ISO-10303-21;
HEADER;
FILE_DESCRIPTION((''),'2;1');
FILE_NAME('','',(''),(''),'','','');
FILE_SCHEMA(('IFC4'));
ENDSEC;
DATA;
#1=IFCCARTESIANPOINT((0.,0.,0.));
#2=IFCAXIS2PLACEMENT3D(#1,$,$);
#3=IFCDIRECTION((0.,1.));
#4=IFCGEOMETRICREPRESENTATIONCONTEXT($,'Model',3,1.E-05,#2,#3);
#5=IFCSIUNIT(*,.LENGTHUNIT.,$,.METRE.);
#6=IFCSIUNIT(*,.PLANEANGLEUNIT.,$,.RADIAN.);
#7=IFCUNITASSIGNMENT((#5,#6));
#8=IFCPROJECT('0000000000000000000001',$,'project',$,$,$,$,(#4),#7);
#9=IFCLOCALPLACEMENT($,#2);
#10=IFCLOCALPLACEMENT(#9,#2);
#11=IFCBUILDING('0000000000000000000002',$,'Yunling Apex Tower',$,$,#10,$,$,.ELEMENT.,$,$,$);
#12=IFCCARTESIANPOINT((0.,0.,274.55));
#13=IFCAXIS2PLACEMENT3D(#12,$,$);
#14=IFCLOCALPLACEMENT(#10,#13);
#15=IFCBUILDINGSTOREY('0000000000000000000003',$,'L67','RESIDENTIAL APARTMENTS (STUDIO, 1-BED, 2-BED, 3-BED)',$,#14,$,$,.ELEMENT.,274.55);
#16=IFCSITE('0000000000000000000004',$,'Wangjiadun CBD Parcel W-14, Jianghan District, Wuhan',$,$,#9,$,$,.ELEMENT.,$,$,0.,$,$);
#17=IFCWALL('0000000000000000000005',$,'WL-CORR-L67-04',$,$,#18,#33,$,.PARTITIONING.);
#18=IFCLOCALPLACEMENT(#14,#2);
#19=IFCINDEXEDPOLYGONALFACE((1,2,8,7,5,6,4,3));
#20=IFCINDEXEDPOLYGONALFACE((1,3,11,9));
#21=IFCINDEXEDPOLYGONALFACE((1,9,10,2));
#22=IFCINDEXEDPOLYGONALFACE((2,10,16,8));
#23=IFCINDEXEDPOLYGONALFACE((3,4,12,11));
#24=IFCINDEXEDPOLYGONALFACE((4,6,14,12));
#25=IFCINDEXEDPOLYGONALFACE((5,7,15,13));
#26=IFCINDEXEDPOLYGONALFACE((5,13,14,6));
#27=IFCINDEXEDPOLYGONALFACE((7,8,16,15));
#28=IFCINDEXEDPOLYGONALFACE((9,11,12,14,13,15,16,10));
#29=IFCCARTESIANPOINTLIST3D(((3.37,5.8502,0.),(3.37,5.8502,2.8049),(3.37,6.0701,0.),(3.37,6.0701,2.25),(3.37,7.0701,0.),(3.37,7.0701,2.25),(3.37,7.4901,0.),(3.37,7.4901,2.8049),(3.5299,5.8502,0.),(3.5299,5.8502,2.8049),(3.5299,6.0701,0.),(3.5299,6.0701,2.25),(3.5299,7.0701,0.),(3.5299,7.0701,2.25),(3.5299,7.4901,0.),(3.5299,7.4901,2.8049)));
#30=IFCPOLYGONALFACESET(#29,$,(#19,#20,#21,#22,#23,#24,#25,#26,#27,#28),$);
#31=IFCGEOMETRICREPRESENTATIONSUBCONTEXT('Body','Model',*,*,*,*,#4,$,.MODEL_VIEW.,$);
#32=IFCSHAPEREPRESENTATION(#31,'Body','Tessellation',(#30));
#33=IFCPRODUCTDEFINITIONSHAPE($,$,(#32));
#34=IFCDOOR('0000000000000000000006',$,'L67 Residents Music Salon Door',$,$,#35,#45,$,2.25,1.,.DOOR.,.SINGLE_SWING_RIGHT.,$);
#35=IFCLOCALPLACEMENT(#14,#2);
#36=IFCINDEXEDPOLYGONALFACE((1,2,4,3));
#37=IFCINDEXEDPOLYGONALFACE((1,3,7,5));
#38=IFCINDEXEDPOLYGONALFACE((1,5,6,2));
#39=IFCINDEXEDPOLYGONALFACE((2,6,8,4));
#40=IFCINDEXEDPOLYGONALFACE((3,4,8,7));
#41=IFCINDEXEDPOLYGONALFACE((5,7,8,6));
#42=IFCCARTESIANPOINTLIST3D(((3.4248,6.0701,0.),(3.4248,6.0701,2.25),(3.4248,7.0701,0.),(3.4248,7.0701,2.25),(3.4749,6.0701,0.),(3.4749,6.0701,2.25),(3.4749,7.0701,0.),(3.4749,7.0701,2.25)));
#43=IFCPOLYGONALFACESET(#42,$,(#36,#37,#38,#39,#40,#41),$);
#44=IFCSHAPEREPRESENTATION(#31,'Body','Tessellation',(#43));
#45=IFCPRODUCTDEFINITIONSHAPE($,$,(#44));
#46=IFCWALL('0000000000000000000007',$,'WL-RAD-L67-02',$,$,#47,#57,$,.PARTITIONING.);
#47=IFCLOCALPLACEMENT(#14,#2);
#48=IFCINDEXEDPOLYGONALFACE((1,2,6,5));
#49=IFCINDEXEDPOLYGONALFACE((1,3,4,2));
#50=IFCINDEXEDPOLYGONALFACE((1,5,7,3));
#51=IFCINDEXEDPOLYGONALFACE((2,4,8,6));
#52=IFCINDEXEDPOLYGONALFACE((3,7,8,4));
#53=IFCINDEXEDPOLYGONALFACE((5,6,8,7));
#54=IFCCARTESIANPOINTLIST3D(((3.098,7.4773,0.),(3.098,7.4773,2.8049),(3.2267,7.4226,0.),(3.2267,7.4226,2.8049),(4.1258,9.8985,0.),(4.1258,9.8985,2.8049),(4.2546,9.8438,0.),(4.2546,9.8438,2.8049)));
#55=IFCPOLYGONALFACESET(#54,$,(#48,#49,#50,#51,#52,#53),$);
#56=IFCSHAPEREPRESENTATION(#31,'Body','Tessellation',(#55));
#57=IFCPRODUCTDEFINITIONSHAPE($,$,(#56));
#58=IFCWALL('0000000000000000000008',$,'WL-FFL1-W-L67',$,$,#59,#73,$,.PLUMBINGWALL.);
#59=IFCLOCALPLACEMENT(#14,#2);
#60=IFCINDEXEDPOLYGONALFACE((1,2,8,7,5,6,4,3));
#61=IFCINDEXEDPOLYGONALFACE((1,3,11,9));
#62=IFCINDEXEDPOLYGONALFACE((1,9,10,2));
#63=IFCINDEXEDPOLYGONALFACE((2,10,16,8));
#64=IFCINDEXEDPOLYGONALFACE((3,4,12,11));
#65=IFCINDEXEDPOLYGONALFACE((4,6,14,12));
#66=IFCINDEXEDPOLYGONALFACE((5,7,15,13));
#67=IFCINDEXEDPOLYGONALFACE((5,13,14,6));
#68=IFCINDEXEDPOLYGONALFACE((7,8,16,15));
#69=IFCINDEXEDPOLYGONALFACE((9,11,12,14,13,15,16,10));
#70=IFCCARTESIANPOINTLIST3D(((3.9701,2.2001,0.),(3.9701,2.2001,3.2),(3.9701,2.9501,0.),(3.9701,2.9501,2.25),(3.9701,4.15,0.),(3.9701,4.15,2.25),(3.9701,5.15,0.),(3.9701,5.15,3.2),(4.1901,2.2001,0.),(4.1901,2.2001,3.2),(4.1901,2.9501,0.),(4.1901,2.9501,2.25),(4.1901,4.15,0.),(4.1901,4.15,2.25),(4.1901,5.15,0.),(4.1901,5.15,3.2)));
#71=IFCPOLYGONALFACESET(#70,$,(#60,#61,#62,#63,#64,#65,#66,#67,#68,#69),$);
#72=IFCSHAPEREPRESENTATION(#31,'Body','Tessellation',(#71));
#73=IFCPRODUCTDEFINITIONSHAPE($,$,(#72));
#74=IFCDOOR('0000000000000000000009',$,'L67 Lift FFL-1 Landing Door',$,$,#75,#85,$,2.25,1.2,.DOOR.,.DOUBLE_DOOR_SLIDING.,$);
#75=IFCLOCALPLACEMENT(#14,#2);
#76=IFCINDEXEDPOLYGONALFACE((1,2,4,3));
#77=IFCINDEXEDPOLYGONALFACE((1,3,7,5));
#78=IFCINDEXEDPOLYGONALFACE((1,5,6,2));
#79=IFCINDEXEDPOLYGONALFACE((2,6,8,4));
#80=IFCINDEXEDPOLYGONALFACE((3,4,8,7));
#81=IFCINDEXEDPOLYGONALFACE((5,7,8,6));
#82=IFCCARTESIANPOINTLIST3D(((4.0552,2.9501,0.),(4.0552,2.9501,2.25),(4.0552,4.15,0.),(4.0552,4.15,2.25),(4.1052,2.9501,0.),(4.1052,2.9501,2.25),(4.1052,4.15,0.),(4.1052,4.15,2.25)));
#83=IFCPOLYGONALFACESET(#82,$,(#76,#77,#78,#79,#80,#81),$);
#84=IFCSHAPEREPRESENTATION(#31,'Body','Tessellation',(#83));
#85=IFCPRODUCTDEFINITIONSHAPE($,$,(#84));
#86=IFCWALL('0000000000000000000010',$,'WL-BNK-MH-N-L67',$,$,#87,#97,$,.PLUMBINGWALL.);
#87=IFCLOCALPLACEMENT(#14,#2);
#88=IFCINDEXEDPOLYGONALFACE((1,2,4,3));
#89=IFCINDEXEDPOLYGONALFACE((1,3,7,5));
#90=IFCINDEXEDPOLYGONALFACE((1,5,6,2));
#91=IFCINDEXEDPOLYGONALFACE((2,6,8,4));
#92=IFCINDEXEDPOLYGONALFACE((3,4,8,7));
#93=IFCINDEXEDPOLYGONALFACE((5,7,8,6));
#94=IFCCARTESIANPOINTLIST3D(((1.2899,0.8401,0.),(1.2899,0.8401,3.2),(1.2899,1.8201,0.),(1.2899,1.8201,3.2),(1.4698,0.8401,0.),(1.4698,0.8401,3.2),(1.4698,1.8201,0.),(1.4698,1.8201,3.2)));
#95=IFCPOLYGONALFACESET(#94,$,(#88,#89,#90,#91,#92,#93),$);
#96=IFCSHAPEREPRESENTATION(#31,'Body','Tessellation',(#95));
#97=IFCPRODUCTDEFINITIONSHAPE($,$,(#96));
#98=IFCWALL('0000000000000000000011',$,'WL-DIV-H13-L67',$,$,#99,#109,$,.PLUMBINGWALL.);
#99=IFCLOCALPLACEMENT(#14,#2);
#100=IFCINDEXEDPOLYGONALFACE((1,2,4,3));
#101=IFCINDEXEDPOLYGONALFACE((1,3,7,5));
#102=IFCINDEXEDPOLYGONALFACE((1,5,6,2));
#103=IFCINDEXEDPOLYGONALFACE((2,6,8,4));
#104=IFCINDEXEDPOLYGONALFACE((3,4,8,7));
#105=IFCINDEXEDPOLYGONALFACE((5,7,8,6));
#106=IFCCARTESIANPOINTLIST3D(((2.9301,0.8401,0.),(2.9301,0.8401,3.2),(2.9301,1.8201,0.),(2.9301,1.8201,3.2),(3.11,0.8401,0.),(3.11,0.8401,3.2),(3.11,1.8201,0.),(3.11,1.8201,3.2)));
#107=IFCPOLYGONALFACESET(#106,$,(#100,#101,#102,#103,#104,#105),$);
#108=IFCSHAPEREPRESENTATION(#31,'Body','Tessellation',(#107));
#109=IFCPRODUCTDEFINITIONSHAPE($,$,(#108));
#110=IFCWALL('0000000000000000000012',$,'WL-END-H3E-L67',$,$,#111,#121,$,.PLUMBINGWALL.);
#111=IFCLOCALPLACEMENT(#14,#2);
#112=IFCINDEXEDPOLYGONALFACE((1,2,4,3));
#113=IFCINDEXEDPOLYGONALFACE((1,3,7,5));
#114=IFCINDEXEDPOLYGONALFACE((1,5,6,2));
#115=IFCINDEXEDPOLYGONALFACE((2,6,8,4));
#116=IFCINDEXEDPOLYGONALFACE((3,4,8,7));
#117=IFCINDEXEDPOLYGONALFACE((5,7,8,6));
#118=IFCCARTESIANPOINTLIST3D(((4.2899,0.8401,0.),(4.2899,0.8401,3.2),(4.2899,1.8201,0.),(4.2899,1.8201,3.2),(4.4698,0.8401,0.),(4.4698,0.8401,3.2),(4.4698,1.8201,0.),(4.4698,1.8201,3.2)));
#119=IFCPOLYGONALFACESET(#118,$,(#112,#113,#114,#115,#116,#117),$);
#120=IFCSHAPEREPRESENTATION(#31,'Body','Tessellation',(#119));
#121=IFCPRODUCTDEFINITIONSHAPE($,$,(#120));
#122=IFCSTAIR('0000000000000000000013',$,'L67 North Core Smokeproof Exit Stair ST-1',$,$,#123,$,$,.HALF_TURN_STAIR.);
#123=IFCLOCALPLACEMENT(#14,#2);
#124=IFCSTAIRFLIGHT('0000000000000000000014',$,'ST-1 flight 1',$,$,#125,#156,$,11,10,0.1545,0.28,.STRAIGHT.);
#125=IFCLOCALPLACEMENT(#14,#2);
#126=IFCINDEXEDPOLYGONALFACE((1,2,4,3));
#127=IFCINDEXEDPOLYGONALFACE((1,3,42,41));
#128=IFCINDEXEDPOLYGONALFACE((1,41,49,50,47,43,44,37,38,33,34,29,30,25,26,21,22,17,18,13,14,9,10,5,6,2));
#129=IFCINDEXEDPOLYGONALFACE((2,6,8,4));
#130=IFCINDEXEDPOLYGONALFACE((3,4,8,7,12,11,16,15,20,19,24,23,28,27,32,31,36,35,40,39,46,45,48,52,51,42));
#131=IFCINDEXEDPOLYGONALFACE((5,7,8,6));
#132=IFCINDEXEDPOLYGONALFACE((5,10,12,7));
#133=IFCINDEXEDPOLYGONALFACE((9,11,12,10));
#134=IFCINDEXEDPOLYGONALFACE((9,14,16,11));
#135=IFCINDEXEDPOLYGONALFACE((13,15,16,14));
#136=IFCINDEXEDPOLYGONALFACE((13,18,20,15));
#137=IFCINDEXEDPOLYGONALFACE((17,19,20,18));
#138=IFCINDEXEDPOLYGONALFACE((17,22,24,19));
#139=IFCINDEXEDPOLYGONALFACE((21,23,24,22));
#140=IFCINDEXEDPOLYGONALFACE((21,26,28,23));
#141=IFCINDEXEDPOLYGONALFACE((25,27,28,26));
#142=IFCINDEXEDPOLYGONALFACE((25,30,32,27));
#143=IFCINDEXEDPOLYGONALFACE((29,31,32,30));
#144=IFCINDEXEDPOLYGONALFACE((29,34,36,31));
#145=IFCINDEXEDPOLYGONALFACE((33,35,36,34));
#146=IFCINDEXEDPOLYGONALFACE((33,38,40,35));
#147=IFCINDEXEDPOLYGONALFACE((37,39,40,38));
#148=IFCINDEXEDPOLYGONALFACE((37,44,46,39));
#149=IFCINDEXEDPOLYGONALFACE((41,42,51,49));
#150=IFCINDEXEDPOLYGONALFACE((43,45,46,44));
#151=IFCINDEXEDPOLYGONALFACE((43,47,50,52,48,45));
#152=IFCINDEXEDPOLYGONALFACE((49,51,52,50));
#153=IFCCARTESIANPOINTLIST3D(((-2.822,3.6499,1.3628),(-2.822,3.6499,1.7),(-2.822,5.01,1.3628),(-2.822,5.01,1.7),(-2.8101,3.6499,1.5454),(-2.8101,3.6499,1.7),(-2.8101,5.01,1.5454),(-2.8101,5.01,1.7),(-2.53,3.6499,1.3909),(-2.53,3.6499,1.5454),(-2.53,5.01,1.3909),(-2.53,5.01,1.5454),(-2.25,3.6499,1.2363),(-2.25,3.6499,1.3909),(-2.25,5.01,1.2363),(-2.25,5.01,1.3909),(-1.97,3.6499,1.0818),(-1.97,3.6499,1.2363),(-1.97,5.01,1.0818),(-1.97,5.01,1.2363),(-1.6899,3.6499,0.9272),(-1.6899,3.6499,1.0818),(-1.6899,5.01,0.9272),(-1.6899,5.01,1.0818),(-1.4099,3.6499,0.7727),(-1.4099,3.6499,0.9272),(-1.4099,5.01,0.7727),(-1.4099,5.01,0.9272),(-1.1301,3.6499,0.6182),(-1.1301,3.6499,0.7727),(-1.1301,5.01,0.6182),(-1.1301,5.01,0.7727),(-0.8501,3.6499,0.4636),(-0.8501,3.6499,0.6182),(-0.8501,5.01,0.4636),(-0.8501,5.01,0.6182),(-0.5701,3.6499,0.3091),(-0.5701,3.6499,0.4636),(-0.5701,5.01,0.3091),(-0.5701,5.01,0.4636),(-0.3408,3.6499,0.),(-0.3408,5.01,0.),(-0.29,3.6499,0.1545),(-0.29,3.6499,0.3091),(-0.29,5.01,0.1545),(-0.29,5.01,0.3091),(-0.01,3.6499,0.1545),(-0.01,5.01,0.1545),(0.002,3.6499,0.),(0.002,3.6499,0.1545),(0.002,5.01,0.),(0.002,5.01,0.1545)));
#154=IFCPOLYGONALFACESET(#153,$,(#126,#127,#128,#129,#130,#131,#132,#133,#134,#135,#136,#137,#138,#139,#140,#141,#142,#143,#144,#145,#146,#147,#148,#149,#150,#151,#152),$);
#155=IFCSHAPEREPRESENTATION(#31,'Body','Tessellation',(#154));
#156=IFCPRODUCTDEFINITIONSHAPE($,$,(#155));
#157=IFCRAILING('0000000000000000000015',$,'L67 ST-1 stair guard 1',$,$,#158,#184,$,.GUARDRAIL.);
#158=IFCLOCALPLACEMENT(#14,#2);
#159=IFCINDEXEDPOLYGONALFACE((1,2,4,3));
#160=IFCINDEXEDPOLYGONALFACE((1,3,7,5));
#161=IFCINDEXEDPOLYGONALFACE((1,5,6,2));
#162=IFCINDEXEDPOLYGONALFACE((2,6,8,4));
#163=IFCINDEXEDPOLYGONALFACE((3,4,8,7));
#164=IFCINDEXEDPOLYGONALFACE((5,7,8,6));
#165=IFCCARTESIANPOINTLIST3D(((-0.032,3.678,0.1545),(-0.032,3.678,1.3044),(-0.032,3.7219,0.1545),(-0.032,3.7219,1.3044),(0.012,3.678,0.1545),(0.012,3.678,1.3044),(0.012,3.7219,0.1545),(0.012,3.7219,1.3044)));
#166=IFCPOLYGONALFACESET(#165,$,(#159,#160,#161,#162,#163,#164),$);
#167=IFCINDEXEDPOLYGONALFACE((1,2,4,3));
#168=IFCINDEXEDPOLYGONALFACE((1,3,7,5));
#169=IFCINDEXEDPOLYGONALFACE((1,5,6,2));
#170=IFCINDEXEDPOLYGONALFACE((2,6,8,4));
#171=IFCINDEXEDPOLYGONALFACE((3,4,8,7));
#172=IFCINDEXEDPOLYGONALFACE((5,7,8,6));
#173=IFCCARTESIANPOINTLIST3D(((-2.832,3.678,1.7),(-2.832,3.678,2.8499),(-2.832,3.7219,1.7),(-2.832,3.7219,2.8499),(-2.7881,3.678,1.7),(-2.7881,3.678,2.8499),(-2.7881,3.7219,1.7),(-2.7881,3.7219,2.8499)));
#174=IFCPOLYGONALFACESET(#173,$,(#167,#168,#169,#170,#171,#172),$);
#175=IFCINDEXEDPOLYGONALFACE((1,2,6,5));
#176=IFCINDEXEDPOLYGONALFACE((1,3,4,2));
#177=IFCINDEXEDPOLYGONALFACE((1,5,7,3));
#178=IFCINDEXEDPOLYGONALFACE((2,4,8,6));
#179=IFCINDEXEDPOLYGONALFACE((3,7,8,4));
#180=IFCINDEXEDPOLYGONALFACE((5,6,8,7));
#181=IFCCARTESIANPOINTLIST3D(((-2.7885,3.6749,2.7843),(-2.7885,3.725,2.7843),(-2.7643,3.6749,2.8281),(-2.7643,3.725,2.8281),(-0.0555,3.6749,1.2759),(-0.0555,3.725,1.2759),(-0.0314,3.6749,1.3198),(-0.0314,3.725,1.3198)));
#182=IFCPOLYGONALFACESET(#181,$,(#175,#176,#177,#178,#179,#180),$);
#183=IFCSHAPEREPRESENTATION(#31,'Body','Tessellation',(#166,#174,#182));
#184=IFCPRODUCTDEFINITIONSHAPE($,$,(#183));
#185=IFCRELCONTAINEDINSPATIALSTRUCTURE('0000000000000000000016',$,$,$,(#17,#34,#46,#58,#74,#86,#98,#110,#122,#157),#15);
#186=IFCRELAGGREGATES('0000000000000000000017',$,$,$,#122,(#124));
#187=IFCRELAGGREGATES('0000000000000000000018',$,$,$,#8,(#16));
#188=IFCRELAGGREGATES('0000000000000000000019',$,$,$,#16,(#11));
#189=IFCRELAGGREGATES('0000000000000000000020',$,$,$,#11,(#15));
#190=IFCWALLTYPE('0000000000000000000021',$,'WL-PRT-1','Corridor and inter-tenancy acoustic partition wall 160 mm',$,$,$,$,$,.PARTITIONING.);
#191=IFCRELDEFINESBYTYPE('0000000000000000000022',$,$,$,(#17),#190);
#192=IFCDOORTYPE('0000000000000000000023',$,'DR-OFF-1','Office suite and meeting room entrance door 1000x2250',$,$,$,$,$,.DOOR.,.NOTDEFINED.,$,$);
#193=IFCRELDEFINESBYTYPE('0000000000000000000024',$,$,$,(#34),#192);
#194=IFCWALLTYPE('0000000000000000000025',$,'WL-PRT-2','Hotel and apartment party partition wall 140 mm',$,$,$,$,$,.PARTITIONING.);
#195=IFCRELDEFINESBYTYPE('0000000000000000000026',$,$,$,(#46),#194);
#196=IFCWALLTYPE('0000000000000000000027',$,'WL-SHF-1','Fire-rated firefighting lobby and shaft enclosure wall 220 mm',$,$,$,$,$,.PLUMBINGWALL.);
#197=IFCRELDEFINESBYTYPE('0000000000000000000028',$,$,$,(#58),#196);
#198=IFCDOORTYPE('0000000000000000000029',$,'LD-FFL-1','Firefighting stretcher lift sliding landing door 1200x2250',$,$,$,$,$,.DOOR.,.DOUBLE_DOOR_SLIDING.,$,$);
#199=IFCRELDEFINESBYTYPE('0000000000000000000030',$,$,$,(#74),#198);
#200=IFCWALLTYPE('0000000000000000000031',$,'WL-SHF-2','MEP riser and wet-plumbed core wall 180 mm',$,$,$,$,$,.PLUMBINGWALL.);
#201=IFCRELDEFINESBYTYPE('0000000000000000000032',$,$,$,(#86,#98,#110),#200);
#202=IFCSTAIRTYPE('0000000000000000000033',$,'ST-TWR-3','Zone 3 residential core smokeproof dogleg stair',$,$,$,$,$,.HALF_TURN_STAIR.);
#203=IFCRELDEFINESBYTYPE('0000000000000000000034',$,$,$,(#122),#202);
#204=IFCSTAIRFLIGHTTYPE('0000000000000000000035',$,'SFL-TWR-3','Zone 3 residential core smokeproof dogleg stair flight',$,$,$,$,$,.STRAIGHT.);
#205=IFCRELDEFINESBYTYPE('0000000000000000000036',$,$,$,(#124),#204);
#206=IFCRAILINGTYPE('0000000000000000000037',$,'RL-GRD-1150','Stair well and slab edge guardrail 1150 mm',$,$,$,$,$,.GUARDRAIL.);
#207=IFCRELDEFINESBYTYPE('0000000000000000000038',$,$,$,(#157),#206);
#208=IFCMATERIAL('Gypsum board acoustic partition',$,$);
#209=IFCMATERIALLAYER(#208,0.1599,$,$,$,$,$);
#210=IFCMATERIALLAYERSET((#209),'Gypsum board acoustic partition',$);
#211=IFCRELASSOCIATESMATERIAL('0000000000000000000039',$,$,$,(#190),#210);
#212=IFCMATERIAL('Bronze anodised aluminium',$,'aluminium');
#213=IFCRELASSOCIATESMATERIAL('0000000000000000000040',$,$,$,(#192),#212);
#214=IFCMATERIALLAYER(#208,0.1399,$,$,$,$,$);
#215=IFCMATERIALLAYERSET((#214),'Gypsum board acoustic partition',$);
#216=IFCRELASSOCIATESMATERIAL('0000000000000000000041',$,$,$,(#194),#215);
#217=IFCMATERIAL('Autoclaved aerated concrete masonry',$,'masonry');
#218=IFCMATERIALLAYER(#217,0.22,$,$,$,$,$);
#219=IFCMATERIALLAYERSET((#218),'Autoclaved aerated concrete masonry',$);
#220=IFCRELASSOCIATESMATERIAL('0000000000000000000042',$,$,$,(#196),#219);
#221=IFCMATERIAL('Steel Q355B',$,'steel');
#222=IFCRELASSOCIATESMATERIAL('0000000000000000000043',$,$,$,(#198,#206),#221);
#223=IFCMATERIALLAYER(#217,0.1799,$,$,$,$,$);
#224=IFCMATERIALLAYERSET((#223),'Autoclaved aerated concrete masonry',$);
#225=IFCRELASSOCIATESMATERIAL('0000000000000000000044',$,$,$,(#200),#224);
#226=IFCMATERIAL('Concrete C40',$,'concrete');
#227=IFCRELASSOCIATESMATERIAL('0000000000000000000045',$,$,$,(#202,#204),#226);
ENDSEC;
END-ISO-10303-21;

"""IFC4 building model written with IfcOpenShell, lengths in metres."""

from ifc_helpers import new_model, si_unit, direction, frame, frame_2d, origin, origin_2d, place, context, subcontext, project, spatial, polyline, rectangle, outline, extrude, material, layer, layer_set, type_object, element, fill, aggregate, save


model = new_model("IFC4")

# Units and contexts
model_context = context("Model", 3, precision=1e-05, world=origin(), true_north=direction((0.0, 1.0)))
body_context = subcontext(model_context, "Body", "Model", "MODEL_VIEW")
ifc_project = project(units=[si_unit("LENGTHUNIT", "METRE"), si_unit("PLANEANGLEUNIT", "RADIAN")], contexts=[model_context])

# Site, building, storey
site_placement = place(None, origin())
site = spatial("IfcSite", under=ifc_project, at=site_placement, Name="Wangjiadun CBD Parcel W-14, Jianghan District, Wuhan", CompositionType="ELEMENT", RefElevation=0.0)
building_placement = place(site_placement, origin())
building = spatial("IfcBuilding", under=site, at=building_placement, Name="Yunling Apex Tower", CompositionType="ELEMENT")
storey_placement = place(building_placement, frame((0.0, 0.0, 274.55)))
storey = spatial("IfcBuildingStorey", under=building, at=storey_placement, Name="L67", Description="RESIDENTIAL APARTMENTS (STUDIO, 1-BED, 2-BED, 3-BED)", CompositionType="ELEMENT", Elevation=274.55)

# Shared definitions
ifc_material_1 = material(Name="Steel Q355B", Category="steel")

# Shared definitions
ifc_material_2 = material(Name="Bronze anodised aluminium", Category="aluminium")

# Shared definitions
ifc_material_3 = material(Name="Concrete C40", Category="concrete")

# Wall, opening, door
ifc_material_4 = material(Name="Gypsum board acoustic partition")
ifc_layer_1 = layer(ifc_material_4, 0.1599)
ifc_layer_set_1 = layer_set([ifc_layer_1], Name="Gypsum board acoustic partition")
wall_type_1 = type_object("IfcWallType", Name="WL-PRT-1", Description="Corridor and inter-tenancy acoustic partition wall 160 mm", PredefinedType="PARTITIONING", material=ifc_layer_set_1)
wall_1_placement = place(storey_placement, frame((3.45, 7.49, 0.0), z_axis=(0.0, 0.0, 1.0), x_axis=(0.0, -1.0, 0.0)))
wall_1 = element("IfcWall", 1, at=wall_1_placement, inside=storey, type_object=wall_type_1, Name="WL-CORR-L67-04", PredefinedType="PARTITIONING", context=body_context, shape_type="SweptSolid", body=[
    extrude(rectangle(XDim=1.6399, YDim=0.1599, at=frame_2d((0.8198, 0.0))), origin(), (0.0, 0.0, 1.0), 2.8049),
])
opening_1_placement = place(wall_1_placement, frame((0.4199, 0.0, 0.0)))
opening_1 = element("IfcOpeningElement", 2, at=opening_1_placement, cuts=wall_1, PredefinedType="OPENING", context=body_context, shape_type="SweptSolid", body=[
    extrude(rectangle(XDim=1.0, YDim=2.25, at=frame_2d((0.5, 1.125))), frame((0.0, 0.0898, 0.0), z_axis=(0.0, -1.0, 0.0), x_axis=(1.0, 0.0, 0.0)), (0.0, 0.0, 1.0), 0.1799),
])
door_type_1 = type_object("IfcDoorType", Name="DR-OFF-1", Description="Office suite and meeting room entrance door 1000x2250", OperationType="NOTDEFINED", PredefinedType="DOOR", material=ifc_material_2)
door_1_placement = place(opening_1_placement, origin())
door_1 = element("IfcDoor", 3, at=door_1_placement, inside=storey, type_object=door_type_1, Name="L67 Residents Music Salon Door", OperationType="SINGLE_SWING_RIGHT", OverallHeight=2.25, OverallWidth=1.0, PredefinedType="DOOR", context=body_context, shape_type="SweptSolid", body=[
    extrude(rectangle(XDim=1.0, YDim=2.25, at=frame_2d((0.5, 1.125))), frame((0.0, 0.0249, 0.0), z_axis=(0.0, -1.0, 0.0), x_axis=(1.0, 0.0, 0.0)), (0.0, 0.0, 1.0), 0.05),
])
fill(opening_1, door_1)

# Wall
ifc_layer_2 = layer(ifc_material_4, 0.1399)
ifc_layer_set_2 = layer_set([ifc_layer_2], Name="Gypsum board acoustic partition")
wall_type_2 = type_object("IfcWallType", Name="WL-PRT-2", Description="Hotel and apartment party partition wall 140 mm", PredefinedType="PARTITIONING", material=ifc_layer_set_2)
wall_2_placement = place(storey_placement, frame((3.1624, 7.45, 0.0), z_axis=(0.0, 0.0, 1.0), x_axis=(0.390769, 0.920489, 0.0)))
element("IfcWall", 4, at=wall_2_placement, inside=storey, type_object=wall_type_2, Name="WL-RAD-L67-02", PredefinedType="PARTITIONING", context=body_context, shape_type="SweptSolid", body=[
    extrude(rectangle(XDim=2.6304, YDim=0.1399, at=frame_2d((1.3152, 0.0))), origin(), (0.0, 0.0, 1.0), 2.8049),
])

# Wall, opening, door
ifc_material_5 = material(Name="Autoclaved aerated concrete masonry", Category="masonry")
ifc_layer_3 = layer(ifc_material_5, 0.22)
ifc_layer_set_3 = layer_set([ifc_layer_3], Name="Autoclaved aerated concrete masonry")
wall_type_3 = type_object("IfcWallType", Name="WL-SHF-1", Description="Fire-rated firefighting lobby and shaft enclosure wall 220 mm", PredefinedType="PLUMBINGWALL", material=ifc_layer_set_3)
wall_3_placement = place(storey_placement, frame((4.0801, 2.2, 0.0), z_axis=(0.0, 0.0, 1.0), x_axis=(0.0, 1.0, 0.0)))
wall_3 = element("IfcWall", 5, at=wall_3_placement, inside=storey, type_object=wall_type_3, Name="WL-FFL1-W-L67", PredefinedType="PLUMBINGWALL", context=body_context, shape_type="SweptSolid", body=[
    extrude(rectangle(XDim=2.95, YDim=0.22, at=frame_2d((1.4751, 0.0))), origin(), (0.0, 0.0, 1.0), 3.2),
])
opening_2_placement = place(wall_3_placement, frame((0.75, 0.0, 0.0)))
opening_2 = element("IfcOpeningElement", 6, at=opening_2_placement, cuts=wall_3, PredefinedType="OPENING", context=body_context, shape_type="SweptSolid", body=[
    extrude(rectangle(XDim=1.2, YDim=2.25, at=frame_2d((0.6001, 1.125))), frame((0.0, 0.1201, 0.0), z_axis=(0.0, -1.0, 0.0), x_axis=(1.0, 0.0, 0.0)), (0.0, 0.0, 1.0), 0.24),
])
door_type_2 = type_object("IfcDoorType", Name="LD-FFL-1", Description="Firefighting stretcher lift sliding landing door 1200x2250", OperationType="DOUBLE_DOOR_SLIDING", PredefinedType="DOOR", material=ifc_material_1)
door_2_placement = place(opening_2_placement, origin())
door_2 = element("IfcDoor", 7, at=door_2_placement, inside=storey, type_object=door_type_2, Name="L67 Lift FFL-1 Landing Door", OperationType="DOUBLE_DOOR_SLIDING", OverallHeight=2.25, OverallWidth=1.2, PredefinedType="DOOR", context=body_context, shape_type="SweptSolid", body=[
    extrude(rectangle(XDim=1.2, YDim=2.25, at=frame_2d((0.6001, 1.125))), frame((0.0, 0.0249, 0.0), z_axis=(0.0, -1.0, 0.0), x_axis=(1.0, 0.0, 0.0)), (0.0, 0.0, 1.0), 0.05),
])
fill(opening_2, door_2)

# Walls
ifc_layer_4 = layer(ifc_material_5, 0.1799)
ifc_layer_set_4 = layer_set([ifc_layer_4], Name="Autoclaved aerated concrete masonry")
wall_type_4 = type_object("IfcWallType", Name="WL-SHF-2", Description="MEP riser and wet-plumbed core wall 180 mm", PredefinedType="PLUMBINGWALL", material=ifc_layer_set_4)
for number, where, z_axis, x_axis, name in (
    (8, (1.3799, 0.8401, 0.0), (0.0, 0.0, 1.0), (0.0, 1.0, 0.0), "WL-BNK-MH-N-L67"),
    (9, (3.02, 0.8401, 0.0), (0.0, 0.0, 1.0), (0.0, 1.0, 0.0), "WL-DIV-H13-L67"),
    (10, (4.3799, 0.8401, 0.0), (0.0, 0.0, 1.0), (0.0, 1.0, 0.0), "WL-END-H3E-L67"),
):
    element("IfcWall", number, at=place(storey_placement, frame(where, z_axis=z_axis, x_axis=x_axis)), inside=storey, type_object=wall_type_4, Name=name, PredefinedType="PLUMBINGWALL", context=body_context, shape_type="SweptSolid", body=[
        extrude(rectangle(XDim=0.98, YDim=0.1799, at=frame_2d((0.49, 0.0))), origin(), (0.0, 0.0, 1.0), 3.2),
    ])

# Stair, stair flight
stair_type = type_object("IfcStairType", Name="ST-TWR-3", Description="Zone 3 residential core smokeproof dogleg stair", PredefinedType="HALF_TURN_STAIR", material=ifc_material_3)
stair_placement = place(storey_placement, origin())
stair = element("IfcStair", 11, at=stair_placement, inside=storey, type_object=stair_type, Name="L67 North Core Smokeproof Exit Stair ST-1", PredefinedType="HALF_TURN_STAIR")
stair_flight_type = type_object("IfcStairFlightType", Name="SFL-TWR-3", Description="Zone 3 residential core smokeproof dogleg stair flight", PredefinedType="STRAIGHT", material=ifc_material_3)
stair_flight_placement = place(storey_placement, frame((-0.01, 4.3301, 0.0), z_axis=(0.0, 0.0, 1.0), x_axis=(-1.0, 0.0, 0.0)))
stair_flight = element("IfcStairFlight", 12, at=stair_flight_placement, type_object=stair_flight_type, Name="ST-1 flight 1", NumberOfRisers=11, NumberOfTreads=10, PredefinedType="STRAIGHT", RiserHeight=0.1545, TreadLength=0.28, context=body_context, shape_type="SweptSolid", body=[
    extrude(outline(polyline([(-0.012, 0.0), (-0.012, 0.1545), (0.0, 0.1545), (0.28, 0.1545), (0.28, 0.3091), (0.5601, 0.3091), (0.5601, 0.4636), (0.8401, 0.4636), (0.8401, 0.6182), (1.1201, 0.6182), (1.1201, 0.7727), (1.3999, 0.7727), (1.3999, 0.9272), (1.6799, 0.9272), (1.6799, 1.0818), (1.96, 1.0818), (1.96, 1.2363), (2.24, 1.2363), (2.24, 1.3909), (2.52, 1.3909), (2.52, 1.5454), (2.8, 1.5454), (2.8, 1.7), (2.812, 1.7), (2.812, 1.3628), (0.3308, 0.0), (-0.012, 0.0)])), frame((0.0, 0.6802, 0.0), z_axis=(0.0, -1.0, 0.0), x_axis=(1.0, 0.0, 0.0)), (0.0, 0.0, 1.0), 1.3601),
])
aggregate(stair, [stair_flight])

# Railing
railing_type_1 = type_object("IfcRailingType", Name="RL-GRD-1150", Description="Stair well and slab edge guardrail 1150 mm", PredefinedType="GUARDRAIL", material=ifc_material_1)
railing_1_placement = place(storey_placement, frame((-0.01, 3.7, 0.1545)))
element("IfcRailing", 13, at=railing_1_placement, inside=storey, type_object=railing_type_1, Name="L67 ST-1 stair guard 1", PredefinedType="GUARDRAIL", context=body_context, shape_type="SweptSolid", body=[
    extrude(rectangle(XDim=0.0439, YDim=0.0439, at=origin_2d()), origin(), (0.0, 0.0, 1.0), 1.1499),
    extrude(rectangle(XDim=0.0439, YDim=0.0439, at=origin_2d()), frame((-2.8, 0.0, 1.5454)), (0.0, 0.0, 1.0), 1.1499),
    extrude(rectangle(XDim=0.05, YDim=0.05, at=origin_2d()), frame((-0.0334, 0.0, 1.1433), z_axis=(-0.875504, 0.0, 0.483211), x_axis=(0.0, -1.0, 0.0)), (0.0, 0.0, 1.0), 3.1216),
])

save(model, "model.ifc")
